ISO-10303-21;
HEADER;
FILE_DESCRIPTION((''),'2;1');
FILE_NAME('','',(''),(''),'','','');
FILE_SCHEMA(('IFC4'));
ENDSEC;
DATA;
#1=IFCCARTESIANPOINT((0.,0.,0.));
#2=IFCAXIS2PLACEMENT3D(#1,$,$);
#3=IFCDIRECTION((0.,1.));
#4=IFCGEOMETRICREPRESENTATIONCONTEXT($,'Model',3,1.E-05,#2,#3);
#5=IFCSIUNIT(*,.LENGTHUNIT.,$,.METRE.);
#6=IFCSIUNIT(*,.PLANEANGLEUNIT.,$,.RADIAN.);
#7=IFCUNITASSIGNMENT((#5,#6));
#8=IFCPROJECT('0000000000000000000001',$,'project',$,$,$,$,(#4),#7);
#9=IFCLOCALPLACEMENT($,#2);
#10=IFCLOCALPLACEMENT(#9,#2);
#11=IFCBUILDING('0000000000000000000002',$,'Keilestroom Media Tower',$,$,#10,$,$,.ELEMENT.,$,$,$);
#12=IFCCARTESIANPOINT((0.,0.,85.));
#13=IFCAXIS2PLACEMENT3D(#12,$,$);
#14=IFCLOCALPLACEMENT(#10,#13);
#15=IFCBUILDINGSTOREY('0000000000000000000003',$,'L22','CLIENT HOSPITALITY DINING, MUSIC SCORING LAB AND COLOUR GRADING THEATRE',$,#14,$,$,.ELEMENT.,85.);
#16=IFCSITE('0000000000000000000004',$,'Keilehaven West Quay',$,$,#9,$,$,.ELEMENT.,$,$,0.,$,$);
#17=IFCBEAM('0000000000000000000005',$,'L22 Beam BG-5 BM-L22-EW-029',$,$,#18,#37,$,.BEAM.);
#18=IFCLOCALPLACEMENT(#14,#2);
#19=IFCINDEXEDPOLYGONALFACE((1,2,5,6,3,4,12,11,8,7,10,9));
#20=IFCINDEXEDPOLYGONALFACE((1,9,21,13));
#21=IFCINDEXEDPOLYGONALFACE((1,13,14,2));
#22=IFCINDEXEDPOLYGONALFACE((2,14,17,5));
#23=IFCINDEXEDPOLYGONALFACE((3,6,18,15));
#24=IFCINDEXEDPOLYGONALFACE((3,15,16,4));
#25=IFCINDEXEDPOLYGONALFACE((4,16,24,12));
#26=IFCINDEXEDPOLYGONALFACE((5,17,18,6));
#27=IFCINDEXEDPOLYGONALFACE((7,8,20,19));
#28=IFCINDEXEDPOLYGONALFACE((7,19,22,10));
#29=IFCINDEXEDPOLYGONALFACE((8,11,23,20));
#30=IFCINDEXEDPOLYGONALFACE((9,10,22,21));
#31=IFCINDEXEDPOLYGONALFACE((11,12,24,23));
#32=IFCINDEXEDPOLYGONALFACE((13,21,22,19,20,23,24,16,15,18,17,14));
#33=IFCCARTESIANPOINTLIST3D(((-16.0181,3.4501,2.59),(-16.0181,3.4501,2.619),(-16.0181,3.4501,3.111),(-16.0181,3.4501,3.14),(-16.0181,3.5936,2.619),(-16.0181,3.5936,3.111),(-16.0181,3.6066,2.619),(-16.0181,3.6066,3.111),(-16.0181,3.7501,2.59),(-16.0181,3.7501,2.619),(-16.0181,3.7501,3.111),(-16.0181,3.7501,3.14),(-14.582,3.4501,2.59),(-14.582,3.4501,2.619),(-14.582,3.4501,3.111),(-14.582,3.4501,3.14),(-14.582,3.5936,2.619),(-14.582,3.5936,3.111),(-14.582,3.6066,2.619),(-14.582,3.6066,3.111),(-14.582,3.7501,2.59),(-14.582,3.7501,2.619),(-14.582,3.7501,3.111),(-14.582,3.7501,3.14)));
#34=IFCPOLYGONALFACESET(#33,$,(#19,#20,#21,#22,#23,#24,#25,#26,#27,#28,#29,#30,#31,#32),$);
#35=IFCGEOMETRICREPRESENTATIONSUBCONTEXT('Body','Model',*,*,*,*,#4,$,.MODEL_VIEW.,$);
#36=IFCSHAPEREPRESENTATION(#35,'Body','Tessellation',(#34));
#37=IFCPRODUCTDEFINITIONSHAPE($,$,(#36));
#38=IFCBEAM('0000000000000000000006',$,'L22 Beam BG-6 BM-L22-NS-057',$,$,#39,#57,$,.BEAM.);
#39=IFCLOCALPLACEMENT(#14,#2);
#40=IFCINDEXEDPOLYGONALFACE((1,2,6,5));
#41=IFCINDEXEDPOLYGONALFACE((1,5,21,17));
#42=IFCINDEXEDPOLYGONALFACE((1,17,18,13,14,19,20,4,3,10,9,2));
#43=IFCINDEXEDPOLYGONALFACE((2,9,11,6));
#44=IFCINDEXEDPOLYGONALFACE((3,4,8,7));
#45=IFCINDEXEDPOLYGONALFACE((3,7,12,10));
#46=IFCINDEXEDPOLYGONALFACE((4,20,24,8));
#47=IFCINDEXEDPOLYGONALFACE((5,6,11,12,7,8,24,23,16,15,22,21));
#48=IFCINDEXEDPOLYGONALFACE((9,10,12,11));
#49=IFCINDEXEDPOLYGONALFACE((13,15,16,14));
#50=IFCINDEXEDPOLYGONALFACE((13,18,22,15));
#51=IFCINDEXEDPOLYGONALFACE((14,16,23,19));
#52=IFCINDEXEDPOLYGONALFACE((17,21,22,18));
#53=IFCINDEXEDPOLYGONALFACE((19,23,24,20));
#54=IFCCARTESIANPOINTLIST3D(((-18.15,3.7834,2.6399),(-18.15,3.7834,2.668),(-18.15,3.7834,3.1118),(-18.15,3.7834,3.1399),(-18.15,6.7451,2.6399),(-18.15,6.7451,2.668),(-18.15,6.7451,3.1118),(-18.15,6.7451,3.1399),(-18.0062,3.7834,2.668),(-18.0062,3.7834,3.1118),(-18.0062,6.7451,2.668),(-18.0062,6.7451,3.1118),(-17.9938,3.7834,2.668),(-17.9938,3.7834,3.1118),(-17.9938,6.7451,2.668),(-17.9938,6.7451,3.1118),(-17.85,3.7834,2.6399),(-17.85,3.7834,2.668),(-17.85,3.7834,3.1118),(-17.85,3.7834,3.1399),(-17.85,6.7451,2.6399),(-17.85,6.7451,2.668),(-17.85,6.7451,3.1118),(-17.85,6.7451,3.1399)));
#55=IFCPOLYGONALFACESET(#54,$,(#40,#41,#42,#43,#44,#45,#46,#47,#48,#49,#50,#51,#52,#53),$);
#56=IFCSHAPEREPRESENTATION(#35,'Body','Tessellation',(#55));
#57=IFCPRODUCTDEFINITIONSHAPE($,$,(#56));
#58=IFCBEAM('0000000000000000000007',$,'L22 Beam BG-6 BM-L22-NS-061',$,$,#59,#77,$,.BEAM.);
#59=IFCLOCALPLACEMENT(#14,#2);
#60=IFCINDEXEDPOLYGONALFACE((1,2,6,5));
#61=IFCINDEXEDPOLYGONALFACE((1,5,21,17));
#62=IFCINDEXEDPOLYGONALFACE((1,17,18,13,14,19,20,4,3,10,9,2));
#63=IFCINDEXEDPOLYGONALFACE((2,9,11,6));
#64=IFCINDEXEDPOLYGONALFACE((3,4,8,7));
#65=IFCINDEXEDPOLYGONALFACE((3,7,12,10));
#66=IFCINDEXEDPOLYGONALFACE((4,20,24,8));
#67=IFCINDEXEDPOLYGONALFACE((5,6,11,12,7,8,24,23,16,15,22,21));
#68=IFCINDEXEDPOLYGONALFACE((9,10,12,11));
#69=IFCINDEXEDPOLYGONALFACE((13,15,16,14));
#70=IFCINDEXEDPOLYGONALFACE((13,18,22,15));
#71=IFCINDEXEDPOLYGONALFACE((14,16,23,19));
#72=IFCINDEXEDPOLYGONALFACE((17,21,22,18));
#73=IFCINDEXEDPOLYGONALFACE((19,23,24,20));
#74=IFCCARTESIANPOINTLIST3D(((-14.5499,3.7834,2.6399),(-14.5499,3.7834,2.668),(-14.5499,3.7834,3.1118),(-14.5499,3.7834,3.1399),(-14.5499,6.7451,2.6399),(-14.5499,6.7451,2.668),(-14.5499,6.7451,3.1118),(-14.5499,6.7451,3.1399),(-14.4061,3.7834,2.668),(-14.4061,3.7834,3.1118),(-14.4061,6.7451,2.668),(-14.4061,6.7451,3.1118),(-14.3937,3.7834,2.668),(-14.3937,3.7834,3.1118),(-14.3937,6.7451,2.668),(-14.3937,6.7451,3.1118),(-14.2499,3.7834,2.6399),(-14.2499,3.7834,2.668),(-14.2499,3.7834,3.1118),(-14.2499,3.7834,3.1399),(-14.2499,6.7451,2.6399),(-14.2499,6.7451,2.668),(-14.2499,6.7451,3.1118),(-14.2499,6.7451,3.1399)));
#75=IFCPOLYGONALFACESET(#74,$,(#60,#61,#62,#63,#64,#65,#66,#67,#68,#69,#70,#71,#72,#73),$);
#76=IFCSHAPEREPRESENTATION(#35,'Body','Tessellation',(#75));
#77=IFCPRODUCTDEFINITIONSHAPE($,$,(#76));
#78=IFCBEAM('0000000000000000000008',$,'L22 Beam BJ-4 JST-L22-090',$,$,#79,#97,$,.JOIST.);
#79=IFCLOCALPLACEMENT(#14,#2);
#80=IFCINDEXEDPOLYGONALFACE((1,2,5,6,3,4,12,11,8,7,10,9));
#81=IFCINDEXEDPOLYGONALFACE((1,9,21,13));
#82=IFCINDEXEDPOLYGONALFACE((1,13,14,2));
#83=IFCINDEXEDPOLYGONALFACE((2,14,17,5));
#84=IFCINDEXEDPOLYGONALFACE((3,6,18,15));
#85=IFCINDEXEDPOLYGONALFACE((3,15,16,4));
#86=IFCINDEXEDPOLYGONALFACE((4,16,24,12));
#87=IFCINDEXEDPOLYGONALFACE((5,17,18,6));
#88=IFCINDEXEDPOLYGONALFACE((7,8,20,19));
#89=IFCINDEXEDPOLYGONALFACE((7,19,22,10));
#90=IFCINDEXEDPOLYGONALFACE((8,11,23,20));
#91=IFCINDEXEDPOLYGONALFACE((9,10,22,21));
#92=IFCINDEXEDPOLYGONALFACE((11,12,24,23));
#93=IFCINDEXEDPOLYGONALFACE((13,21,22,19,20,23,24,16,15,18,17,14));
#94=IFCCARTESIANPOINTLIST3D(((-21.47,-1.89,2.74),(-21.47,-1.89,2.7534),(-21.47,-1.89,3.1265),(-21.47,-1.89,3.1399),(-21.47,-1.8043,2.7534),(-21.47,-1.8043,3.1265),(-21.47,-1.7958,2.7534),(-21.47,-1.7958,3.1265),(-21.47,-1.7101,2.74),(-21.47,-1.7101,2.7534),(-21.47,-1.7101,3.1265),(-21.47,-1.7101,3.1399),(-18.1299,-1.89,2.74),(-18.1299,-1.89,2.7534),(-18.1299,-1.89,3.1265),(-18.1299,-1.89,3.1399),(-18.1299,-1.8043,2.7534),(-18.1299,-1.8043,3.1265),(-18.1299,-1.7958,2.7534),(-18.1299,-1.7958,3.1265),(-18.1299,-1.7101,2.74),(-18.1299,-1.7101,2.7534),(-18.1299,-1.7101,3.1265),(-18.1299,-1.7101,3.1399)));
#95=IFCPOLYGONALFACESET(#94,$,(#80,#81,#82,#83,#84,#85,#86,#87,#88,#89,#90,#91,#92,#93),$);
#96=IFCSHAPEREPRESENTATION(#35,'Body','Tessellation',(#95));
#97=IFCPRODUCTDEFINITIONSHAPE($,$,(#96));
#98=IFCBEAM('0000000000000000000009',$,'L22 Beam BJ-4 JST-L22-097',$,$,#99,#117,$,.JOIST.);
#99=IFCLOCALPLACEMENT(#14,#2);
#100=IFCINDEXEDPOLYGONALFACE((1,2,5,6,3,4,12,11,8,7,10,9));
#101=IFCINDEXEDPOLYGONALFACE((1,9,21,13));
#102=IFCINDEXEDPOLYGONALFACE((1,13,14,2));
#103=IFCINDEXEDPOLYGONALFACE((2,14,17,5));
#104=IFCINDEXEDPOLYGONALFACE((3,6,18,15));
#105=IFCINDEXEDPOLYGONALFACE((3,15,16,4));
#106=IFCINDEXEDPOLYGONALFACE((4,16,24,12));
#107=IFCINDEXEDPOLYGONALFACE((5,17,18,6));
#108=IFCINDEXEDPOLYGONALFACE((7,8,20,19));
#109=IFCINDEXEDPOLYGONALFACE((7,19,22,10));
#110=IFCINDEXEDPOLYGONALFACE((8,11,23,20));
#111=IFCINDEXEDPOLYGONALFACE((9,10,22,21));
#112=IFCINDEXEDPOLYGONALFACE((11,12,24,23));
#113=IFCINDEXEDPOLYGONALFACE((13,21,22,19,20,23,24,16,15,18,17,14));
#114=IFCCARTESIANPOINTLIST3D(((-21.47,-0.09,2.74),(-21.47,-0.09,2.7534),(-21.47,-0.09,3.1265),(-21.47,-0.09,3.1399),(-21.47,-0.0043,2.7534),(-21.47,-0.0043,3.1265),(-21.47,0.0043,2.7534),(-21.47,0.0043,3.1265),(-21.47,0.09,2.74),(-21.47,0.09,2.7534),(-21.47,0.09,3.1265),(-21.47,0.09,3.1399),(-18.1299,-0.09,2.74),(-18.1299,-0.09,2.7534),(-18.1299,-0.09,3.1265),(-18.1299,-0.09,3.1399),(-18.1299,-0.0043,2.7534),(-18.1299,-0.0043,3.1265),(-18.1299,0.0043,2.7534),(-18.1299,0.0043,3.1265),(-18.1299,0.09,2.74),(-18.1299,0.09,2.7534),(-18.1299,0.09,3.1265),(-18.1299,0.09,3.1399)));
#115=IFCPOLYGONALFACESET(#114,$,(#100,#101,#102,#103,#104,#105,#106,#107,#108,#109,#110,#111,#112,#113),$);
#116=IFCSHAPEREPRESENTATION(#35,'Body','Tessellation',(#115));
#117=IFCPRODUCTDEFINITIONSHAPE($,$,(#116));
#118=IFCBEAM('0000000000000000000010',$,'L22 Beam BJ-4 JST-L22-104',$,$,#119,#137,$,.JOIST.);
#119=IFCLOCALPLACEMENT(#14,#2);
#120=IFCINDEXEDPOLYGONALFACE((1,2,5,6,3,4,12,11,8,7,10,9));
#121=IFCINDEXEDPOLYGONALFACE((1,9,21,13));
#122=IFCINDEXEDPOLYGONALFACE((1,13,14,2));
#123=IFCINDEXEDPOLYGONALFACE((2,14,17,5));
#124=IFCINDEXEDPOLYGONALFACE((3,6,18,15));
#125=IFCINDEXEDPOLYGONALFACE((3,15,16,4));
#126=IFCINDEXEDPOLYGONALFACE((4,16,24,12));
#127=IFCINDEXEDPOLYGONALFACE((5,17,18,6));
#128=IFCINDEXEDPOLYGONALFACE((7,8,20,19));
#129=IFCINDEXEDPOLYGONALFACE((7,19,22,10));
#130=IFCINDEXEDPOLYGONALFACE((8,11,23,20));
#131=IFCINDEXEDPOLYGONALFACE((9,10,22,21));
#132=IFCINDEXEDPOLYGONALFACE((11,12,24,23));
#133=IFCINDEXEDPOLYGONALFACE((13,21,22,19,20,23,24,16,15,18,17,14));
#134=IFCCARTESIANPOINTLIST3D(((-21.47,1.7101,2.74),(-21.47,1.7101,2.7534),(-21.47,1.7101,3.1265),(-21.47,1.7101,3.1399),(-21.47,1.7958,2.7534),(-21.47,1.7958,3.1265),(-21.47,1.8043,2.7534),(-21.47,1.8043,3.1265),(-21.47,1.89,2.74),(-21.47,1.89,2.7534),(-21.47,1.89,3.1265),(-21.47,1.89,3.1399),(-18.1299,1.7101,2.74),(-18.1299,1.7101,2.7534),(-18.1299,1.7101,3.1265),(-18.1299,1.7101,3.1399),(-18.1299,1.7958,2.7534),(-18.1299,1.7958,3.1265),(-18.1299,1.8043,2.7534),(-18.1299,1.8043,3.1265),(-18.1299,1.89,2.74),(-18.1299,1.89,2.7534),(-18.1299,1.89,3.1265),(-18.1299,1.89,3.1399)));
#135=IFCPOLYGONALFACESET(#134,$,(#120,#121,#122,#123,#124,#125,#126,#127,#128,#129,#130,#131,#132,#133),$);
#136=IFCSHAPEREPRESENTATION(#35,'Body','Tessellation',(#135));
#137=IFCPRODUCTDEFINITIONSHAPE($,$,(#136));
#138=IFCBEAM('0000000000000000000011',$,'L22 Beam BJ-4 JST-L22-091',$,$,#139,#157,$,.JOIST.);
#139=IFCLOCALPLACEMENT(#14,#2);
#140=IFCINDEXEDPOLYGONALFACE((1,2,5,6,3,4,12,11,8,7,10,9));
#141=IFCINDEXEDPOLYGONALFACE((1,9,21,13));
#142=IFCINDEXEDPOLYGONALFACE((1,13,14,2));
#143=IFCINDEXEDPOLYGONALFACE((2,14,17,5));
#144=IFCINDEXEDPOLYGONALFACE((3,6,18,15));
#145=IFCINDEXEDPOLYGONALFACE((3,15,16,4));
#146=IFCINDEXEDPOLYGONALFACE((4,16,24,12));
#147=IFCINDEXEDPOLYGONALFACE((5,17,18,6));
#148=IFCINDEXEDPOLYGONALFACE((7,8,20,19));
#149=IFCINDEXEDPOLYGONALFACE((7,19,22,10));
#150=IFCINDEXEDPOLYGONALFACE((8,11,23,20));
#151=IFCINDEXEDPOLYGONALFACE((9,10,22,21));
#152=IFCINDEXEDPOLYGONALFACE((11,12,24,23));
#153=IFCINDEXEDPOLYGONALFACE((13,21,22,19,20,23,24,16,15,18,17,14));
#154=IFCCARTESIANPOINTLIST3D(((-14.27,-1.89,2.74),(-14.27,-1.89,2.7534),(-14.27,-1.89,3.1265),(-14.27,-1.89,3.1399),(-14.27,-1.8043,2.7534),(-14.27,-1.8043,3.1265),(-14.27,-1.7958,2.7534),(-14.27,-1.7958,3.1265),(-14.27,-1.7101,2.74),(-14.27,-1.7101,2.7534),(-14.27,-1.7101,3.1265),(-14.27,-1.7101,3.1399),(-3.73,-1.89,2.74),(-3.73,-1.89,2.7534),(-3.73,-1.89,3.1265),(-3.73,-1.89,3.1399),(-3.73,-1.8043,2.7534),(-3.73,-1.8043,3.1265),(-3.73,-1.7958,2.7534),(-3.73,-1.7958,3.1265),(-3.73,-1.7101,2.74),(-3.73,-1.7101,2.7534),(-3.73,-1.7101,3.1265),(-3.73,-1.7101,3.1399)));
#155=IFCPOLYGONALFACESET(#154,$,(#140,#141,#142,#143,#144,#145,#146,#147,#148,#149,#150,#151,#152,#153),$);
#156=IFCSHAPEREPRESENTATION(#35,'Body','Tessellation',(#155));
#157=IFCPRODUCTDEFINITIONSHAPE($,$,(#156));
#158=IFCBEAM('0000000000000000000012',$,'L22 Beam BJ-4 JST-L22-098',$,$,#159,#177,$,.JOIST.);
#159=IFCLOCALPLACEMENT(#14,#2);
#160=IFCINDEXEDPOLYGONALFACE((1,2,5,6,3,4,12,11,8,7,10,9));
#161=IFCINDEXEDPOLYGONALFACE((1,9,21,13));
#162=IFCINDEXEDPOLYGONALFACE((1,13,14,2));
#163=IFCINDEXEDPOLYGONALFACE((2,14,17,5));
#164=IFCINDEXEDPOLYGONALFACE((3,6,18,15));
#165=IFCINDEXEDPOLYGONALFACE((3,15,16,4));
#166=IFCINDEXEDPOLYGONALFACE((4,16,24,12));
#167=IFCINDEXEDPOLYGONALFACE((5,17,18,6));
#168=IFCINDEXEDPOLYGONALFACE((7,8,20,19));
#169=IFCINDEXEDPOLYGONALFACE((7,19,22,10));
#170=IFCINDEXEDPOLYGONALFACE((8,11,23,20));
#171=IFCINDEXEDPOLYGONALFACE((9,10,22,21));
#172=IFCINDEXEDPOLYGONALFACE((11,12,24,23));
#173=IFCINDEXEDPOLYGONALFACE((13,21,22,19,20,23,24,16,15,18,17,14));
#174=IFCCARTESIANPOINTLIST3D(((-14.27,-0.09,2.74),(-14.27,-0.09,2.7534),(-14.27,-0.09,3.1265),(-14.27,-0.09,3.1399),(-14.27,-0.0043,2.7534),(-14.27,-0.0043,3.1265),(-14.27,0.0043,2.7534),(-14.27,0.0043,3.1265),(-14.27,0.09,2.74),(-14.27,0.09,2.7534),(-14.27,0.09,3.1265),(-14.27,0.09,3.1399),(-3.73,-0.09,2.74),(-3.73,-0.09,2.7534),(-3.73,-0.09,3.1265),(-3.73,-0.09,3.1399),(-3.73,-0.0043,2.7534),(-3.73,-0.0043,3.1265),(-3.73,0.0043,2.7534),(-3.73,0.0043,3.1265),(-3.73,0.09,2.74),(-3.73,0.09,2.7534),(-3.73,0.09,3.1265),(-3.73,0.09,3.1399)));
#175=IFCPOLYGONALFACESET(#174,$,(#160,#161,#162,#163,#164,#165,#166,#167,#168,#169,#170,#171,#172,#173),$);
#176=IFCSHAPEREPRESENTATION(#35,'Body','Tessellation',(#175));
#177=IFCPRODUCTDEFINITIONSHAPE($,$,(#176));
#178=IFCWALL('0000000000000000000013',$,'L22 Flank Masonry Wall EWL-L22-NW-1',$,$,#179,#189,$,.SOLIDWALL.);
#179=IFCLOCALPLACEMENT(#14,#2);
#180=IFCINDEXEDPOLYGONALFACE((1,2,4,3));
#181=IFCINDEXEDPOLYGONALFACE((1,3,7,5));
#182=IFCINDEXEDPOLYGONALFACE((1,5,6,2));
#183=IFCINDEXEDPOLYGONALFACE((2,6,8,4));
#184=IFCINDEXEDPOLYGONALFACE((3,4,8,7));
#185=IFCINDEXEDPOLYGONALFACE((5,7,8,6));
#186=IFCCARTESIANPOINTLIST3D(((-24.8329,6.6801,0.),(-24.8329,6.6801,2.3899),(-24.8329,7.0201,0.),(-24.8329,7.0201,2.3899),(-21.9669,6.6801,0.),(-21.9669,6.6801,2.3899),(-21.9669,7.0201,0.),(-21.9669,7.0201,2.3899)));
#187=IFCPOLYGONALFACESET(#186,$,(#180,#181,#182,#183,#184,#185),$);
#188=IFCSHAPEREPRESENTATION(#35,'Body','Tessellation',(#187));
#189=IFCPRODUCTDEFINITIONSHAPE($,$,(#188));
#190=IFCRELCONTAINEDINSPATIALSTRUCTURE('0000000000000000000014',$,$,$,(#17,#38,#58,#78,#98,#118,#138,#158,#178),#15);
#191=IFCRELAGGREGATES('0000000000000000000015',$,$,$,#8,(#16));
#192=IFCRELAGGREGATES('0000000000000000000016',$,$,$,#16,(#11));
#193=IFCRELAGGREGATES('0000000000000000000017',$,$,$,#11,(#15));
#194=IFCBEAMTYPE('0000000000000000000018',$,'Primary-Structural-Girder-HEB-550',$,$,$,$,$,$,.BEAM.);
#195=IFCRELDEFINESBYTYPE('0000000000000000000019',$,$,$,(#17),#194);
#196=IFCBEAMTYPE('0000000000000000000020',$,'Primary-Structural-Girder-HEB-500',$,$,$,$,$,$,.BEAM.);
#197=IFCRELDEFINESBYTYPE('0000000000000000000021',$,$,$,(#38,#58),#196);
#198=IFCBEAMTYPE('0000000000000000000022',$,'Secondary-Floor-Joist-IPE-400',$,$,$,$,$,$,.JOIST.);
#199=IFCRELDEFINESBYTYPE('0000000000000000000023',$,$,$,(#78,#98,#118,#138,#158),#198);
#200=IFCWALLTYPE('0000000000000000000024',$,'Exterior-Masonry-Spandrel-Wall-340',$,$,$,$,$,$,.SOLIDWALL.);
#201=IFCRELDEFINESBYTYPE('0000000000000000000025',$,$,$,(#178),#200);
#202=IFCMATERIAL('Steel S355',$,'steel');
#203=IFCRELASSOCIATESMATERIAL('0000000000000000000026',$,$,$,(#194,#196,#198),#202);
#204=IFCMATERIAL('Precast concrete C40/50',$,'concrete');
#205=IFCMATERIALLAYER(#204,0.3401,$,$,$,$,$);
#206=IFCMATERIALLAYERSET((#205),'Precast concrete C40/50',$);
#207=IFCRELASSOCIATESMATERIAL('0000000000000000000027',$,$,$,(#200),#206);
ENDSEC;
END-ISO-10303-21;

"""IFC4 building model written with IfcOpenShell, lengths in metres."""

from ifc_helpers import new_model, si_unit, direction, frame, frame_2d, origin, origin_2d, place, context, subcontext, project, spatial, rectangle, i_section, extrude, source, transform, mapped, material, layer, layer_set, material_profile, profile_set, type_object, element, save


model = new_model("IFC4")

# Units and contexts
model_context = context("Model", 3, precision=1e-05, world=origin(), true_north=direction((0.0, 1.0)))
body_context = subcontext(model_context, "Body", "Model", "MODEL_VIEW")
ifc_project = project(units=[si_unit("LENGTHUNIT", "METRE"), si_unit("PLANEANGLEUNIT", "RADIAN")], contexts=[model_context])

# Site, building, storey
site_placement = place(None, origin())
site = spatial("IfcSite", under=ifc_project, at=site_placement, Name="Keilehaven West Quay", CompositionType="ELEMENT", RefElevation=0.0)
building_placement = place(site_placement, origin())
building = spatial("IfcBuilding", under=site, at=building_placement, Name="Keilestroom Media Tower", CompositionType="ELEMENT")
storey_placement = place(building_placement, frame((0.0, 0.0, 85.0)))
storey = spatial("IfcBuildingStorey", under=building, at=storey_placement, Name="L22", Description="CLIENT HOSPITALITY DINING, MUSIC SCORING LAB AND COLOUR GRADING THEATRE", CompositionType="ELEMENT", Elevation=85.0)

# Shared definitions
ifc_material_1 = material(Name="Precast concrete C40/50", Category="concrete")

# Beams
ifc_material_2 = material(Name="Steel S355", Category="steel")
ifc_material_profile_1 = material_profile(ifc_material_2, i_section(OverallWidth=0.3, OverallDepth=0.55, WebThickness=0.0129, FlangeThickness=0.0291, at=origin_2d()), Name="HEB 550")
ifc_profile_set_1 = profile_set([ifc_material_profile_1], Name="Steel S355")
beam_type_1 = type_object("IfcBeamType", Name="Primary-Structural-Girder-HEB-550", PredefinedType="BEAM", material=ifc_profile_set_1)
shared_shape_1 = source(origin(), body_context, "Body", "SweptSolid", [
    extrude(i_section(OverallWidth=0.3, OverallDepth=0.55, WebThickness=0.0129, FlangeThickness=0.0291, at=origin_2d()), origin(), (0.0, 0.0, 1.0), 1.436),
])
for number, where, z_axis, x_axis, name in (
    (1, (-16.0181, 3.6001, 2.865), (1.0, 0.0, 0.0), (0.0, 1.0, 0.0), "L22 Beam BG-5 BM-L22-EW-029"),
):
    element("IfcBeam", number, at=place(storey_placement, frame(where, z_axis=z_axis, x_axis=x_axis)), inside=storey, type_object=beam_type_1, Name=name, PredefinedType="BEAM", context=body_context, shape_type="MappedRepresentation", body=[
        mapped(shared_shape_1, transform((0.0, 0.0, 0.0), x_axis=(1.0, 0.0, 0.0), y_axis=(0.0, 1.0, 0.0), z_axis=(0.0, 0.0, 1.0), scale=1.0)),
    ])
ifc_material_profile_2 = material_profile(ifc_material_2, i_section(OverallWidth=0.3, OverallDepth=0.5, WebThickness=0.0125, FlangeThickness=0.0281, at=origin_2d()), Name="HEB 500")
ifc_profile_set_2 = profile_set([ifc_material_profile_2], Name="Steel S355")
beam_type_2 = type_object("IfcBeamType", Name="Primary-Structural-Girder-HEB-500", PredefinedType="BEAM", material=ifc_profile_set_2)
shared_shape_2 = source(origin(), body_context, "Body", "SweptSolid", [
    extrude(i_section(OverallWidth=0.3, OverallDepth=0.5, WebThickness=0.0125, FlangeThickness=0.0281, at=origin_2d()), origin(), (0.0, 0.0, 1.0), 2.9617),
])
for number, where, z_axis, x_axis, name in (
    (2, (-18.0, 3.7834, 2.8899), (0.0, 1.0, 0.0), (-1.0, 0.0, 0.0), "L22 Beam BG-6 BM-L22-NS-057"),
    (3, (-14.3999, 3.7834, 2.8899), (0.0, 1.0, 0.0), (-1.0, 0.0, 0.0), "L22 Beam BG-6 BM-L22-NS-061"),
):
    element("IfcBeam", number, at=place(storey_placement, frame(where, z_axis=z_axis, x_axis=x_axis)), inside=storey, type_object=beam_type_2, Name=name, PredefinedType="BEAM", context=body_context, shape_type="MappedRepresentation", body=[
        mapped(shared_shape_2, transform((0.0, 0.0, 0.0), x_axis=(1.0, 0.0, 0.0), y_axis=(0.0, 1.0, 0.0), z_axis=(0.0, 0.0, 1.0), scale=1.0)),
    ])
ifc_material_profile_3 = material_profile(ifc_material_2, i_section(OverallWidth=0.1799, OverallDepth=0.3999, WebThickness=0.0085, FlangeThickness=0.0134, at=origin_2d()), Name="IPE 400")
ifc_profile_set_3 = profile_set([ifc_material_profile_3], Name="Steel S355")
beam_type_3 = type_object("IfcBeamType", Name="Secondary-Floor-Joist-IPE-400", PredefinedType="JOIST", material=ifc_profile_set_3)
shared_shape_3 = source(origin(), body_context, "Body", "SweptSolid", [
    extrude(i_section(OverallWidth=0.1799, OverallDepth=0.3999, WebThickness=0.0085, FlangeThickness=0.0134, at=origin_2d()), origin(), (0.0, 0.0, 1.0), 3.3401),
])
for number, where, z_axis, x_axis, name in (
    (4, (-21.47, -1.8, 2.9399), (1.0, 0.0, 0.0), (0.0, 1.0, 0.0), "L22 Beam BJ-4 JST-L22-090"),
    (5, (-21.47, 0.0, 2.9399), (1.0, 0.0, 0.0), (0.0, 1.0, 0.0), "L22 Beam BJ-4 JST-L22-097"),
    (6, (-21.47, 1.8, 2.9399), (1.0, 0.0, 0.0), (0.0, 1.0, 0.0), "L22 Beam BJ-4 JST-L22-104"),
):
    element("IfcBeam", number, at=place(storey_placement, frame(where, z_axis=z_axis, x_axis=x_axis)), inside=storey, type_object=beam_type_3, Name=name, PredefinedType="JOIST", context=body_context, shape_type="MappedRepresentation", body=[
        mapped(shared_shape_3, transform((0.0, 0.0, 0.0), x_axis=(1.0, 0.0, 0.0), y_axis=(0.0, 1.0, 0.0), z_axis=(0.0, 0.0, 1.0), scale=1.0)),
    ])
shared_shape_4 = source(origin(), body_context, "Body", "SweptSolid", [
    extrude(i_section(OverallWidth=0.1799, OverallDepth=0.3999, WebThickness=0.0085, FlangeThickness=0.0134, at=origin_2d()), origin(), (0.0, 0.0, 1.0), 10.54),
])
for number, where, z_axis, x_axis, name in (
    (7, (-14.27, -1.8, 2.9399), (1.0, 0.0, 0.0), (0.0, 1.0, 0.0), "L22 Beam BJ-4 JST-L22-091"),
    (8, (-14.27, 0.0, 2.9399), (1.0, 0.0, 0.0), (0.0, 1.0, 0.0), "L22 Beam BJ-4 JST-L22-098"),
):
    element("IfcBeam", number, at=place(storey_placement, frame(where, z_axis=z_axis, x_axis=x_axis)), inside=storey, type_object=beam_type_3, Name=name, PredefinedType="JOIST", context=body_context, shape_type="MappedRepresentation", body=[
        mapped(shared_shape_4, transform((0.0, 0.0, 0.0), x_axis=(1.0, 0.0, 0.0), y_axis=(0.0, 1.0, 0.0), z_axis=(0.0, 0.0, 1.0), scale=1.0)),
    ])

# Wall
ifc_layer_1 = layer(ifc_material_1, 0.3401)
ifc_layer_set_1 = layer_set([ifc_layer_1], Name="Precast concrete C40/50")
wall_type_1 = type_object("IfcWallType", Name="Exterior-Masonry-Spandrel-Wall-340", PredefinedType="SOLIDWALL", material=ifc_layer_set_1)
for number, where, z_axis, x_axis, name in (
    (9, (-24.833, 6.8501, 0.0), (0.0, 0.0, 1.0), (1.0, 0.0, 0.0), "L22 Flank Masonry Wall EWL-L22-NW-1"),
):
    element("IfcWall", number, at=place(storey_placement, frame(where, z_axis=z_axis, x_axis=x_axis)), inside=storey, type_object=wall_type_1, Name=name, PredefinedType="SOLIDWALL", context=body_context, shape_type="SweptSolid", body=[
        extrude(rectangle(XDim=2.866, YDim=0.3401, at=frame_2d((1.4331, 0.0))), origin(), (0.0, 0.0, 1.0), 2.3899),
    ])

save(model, "model.ifc")
